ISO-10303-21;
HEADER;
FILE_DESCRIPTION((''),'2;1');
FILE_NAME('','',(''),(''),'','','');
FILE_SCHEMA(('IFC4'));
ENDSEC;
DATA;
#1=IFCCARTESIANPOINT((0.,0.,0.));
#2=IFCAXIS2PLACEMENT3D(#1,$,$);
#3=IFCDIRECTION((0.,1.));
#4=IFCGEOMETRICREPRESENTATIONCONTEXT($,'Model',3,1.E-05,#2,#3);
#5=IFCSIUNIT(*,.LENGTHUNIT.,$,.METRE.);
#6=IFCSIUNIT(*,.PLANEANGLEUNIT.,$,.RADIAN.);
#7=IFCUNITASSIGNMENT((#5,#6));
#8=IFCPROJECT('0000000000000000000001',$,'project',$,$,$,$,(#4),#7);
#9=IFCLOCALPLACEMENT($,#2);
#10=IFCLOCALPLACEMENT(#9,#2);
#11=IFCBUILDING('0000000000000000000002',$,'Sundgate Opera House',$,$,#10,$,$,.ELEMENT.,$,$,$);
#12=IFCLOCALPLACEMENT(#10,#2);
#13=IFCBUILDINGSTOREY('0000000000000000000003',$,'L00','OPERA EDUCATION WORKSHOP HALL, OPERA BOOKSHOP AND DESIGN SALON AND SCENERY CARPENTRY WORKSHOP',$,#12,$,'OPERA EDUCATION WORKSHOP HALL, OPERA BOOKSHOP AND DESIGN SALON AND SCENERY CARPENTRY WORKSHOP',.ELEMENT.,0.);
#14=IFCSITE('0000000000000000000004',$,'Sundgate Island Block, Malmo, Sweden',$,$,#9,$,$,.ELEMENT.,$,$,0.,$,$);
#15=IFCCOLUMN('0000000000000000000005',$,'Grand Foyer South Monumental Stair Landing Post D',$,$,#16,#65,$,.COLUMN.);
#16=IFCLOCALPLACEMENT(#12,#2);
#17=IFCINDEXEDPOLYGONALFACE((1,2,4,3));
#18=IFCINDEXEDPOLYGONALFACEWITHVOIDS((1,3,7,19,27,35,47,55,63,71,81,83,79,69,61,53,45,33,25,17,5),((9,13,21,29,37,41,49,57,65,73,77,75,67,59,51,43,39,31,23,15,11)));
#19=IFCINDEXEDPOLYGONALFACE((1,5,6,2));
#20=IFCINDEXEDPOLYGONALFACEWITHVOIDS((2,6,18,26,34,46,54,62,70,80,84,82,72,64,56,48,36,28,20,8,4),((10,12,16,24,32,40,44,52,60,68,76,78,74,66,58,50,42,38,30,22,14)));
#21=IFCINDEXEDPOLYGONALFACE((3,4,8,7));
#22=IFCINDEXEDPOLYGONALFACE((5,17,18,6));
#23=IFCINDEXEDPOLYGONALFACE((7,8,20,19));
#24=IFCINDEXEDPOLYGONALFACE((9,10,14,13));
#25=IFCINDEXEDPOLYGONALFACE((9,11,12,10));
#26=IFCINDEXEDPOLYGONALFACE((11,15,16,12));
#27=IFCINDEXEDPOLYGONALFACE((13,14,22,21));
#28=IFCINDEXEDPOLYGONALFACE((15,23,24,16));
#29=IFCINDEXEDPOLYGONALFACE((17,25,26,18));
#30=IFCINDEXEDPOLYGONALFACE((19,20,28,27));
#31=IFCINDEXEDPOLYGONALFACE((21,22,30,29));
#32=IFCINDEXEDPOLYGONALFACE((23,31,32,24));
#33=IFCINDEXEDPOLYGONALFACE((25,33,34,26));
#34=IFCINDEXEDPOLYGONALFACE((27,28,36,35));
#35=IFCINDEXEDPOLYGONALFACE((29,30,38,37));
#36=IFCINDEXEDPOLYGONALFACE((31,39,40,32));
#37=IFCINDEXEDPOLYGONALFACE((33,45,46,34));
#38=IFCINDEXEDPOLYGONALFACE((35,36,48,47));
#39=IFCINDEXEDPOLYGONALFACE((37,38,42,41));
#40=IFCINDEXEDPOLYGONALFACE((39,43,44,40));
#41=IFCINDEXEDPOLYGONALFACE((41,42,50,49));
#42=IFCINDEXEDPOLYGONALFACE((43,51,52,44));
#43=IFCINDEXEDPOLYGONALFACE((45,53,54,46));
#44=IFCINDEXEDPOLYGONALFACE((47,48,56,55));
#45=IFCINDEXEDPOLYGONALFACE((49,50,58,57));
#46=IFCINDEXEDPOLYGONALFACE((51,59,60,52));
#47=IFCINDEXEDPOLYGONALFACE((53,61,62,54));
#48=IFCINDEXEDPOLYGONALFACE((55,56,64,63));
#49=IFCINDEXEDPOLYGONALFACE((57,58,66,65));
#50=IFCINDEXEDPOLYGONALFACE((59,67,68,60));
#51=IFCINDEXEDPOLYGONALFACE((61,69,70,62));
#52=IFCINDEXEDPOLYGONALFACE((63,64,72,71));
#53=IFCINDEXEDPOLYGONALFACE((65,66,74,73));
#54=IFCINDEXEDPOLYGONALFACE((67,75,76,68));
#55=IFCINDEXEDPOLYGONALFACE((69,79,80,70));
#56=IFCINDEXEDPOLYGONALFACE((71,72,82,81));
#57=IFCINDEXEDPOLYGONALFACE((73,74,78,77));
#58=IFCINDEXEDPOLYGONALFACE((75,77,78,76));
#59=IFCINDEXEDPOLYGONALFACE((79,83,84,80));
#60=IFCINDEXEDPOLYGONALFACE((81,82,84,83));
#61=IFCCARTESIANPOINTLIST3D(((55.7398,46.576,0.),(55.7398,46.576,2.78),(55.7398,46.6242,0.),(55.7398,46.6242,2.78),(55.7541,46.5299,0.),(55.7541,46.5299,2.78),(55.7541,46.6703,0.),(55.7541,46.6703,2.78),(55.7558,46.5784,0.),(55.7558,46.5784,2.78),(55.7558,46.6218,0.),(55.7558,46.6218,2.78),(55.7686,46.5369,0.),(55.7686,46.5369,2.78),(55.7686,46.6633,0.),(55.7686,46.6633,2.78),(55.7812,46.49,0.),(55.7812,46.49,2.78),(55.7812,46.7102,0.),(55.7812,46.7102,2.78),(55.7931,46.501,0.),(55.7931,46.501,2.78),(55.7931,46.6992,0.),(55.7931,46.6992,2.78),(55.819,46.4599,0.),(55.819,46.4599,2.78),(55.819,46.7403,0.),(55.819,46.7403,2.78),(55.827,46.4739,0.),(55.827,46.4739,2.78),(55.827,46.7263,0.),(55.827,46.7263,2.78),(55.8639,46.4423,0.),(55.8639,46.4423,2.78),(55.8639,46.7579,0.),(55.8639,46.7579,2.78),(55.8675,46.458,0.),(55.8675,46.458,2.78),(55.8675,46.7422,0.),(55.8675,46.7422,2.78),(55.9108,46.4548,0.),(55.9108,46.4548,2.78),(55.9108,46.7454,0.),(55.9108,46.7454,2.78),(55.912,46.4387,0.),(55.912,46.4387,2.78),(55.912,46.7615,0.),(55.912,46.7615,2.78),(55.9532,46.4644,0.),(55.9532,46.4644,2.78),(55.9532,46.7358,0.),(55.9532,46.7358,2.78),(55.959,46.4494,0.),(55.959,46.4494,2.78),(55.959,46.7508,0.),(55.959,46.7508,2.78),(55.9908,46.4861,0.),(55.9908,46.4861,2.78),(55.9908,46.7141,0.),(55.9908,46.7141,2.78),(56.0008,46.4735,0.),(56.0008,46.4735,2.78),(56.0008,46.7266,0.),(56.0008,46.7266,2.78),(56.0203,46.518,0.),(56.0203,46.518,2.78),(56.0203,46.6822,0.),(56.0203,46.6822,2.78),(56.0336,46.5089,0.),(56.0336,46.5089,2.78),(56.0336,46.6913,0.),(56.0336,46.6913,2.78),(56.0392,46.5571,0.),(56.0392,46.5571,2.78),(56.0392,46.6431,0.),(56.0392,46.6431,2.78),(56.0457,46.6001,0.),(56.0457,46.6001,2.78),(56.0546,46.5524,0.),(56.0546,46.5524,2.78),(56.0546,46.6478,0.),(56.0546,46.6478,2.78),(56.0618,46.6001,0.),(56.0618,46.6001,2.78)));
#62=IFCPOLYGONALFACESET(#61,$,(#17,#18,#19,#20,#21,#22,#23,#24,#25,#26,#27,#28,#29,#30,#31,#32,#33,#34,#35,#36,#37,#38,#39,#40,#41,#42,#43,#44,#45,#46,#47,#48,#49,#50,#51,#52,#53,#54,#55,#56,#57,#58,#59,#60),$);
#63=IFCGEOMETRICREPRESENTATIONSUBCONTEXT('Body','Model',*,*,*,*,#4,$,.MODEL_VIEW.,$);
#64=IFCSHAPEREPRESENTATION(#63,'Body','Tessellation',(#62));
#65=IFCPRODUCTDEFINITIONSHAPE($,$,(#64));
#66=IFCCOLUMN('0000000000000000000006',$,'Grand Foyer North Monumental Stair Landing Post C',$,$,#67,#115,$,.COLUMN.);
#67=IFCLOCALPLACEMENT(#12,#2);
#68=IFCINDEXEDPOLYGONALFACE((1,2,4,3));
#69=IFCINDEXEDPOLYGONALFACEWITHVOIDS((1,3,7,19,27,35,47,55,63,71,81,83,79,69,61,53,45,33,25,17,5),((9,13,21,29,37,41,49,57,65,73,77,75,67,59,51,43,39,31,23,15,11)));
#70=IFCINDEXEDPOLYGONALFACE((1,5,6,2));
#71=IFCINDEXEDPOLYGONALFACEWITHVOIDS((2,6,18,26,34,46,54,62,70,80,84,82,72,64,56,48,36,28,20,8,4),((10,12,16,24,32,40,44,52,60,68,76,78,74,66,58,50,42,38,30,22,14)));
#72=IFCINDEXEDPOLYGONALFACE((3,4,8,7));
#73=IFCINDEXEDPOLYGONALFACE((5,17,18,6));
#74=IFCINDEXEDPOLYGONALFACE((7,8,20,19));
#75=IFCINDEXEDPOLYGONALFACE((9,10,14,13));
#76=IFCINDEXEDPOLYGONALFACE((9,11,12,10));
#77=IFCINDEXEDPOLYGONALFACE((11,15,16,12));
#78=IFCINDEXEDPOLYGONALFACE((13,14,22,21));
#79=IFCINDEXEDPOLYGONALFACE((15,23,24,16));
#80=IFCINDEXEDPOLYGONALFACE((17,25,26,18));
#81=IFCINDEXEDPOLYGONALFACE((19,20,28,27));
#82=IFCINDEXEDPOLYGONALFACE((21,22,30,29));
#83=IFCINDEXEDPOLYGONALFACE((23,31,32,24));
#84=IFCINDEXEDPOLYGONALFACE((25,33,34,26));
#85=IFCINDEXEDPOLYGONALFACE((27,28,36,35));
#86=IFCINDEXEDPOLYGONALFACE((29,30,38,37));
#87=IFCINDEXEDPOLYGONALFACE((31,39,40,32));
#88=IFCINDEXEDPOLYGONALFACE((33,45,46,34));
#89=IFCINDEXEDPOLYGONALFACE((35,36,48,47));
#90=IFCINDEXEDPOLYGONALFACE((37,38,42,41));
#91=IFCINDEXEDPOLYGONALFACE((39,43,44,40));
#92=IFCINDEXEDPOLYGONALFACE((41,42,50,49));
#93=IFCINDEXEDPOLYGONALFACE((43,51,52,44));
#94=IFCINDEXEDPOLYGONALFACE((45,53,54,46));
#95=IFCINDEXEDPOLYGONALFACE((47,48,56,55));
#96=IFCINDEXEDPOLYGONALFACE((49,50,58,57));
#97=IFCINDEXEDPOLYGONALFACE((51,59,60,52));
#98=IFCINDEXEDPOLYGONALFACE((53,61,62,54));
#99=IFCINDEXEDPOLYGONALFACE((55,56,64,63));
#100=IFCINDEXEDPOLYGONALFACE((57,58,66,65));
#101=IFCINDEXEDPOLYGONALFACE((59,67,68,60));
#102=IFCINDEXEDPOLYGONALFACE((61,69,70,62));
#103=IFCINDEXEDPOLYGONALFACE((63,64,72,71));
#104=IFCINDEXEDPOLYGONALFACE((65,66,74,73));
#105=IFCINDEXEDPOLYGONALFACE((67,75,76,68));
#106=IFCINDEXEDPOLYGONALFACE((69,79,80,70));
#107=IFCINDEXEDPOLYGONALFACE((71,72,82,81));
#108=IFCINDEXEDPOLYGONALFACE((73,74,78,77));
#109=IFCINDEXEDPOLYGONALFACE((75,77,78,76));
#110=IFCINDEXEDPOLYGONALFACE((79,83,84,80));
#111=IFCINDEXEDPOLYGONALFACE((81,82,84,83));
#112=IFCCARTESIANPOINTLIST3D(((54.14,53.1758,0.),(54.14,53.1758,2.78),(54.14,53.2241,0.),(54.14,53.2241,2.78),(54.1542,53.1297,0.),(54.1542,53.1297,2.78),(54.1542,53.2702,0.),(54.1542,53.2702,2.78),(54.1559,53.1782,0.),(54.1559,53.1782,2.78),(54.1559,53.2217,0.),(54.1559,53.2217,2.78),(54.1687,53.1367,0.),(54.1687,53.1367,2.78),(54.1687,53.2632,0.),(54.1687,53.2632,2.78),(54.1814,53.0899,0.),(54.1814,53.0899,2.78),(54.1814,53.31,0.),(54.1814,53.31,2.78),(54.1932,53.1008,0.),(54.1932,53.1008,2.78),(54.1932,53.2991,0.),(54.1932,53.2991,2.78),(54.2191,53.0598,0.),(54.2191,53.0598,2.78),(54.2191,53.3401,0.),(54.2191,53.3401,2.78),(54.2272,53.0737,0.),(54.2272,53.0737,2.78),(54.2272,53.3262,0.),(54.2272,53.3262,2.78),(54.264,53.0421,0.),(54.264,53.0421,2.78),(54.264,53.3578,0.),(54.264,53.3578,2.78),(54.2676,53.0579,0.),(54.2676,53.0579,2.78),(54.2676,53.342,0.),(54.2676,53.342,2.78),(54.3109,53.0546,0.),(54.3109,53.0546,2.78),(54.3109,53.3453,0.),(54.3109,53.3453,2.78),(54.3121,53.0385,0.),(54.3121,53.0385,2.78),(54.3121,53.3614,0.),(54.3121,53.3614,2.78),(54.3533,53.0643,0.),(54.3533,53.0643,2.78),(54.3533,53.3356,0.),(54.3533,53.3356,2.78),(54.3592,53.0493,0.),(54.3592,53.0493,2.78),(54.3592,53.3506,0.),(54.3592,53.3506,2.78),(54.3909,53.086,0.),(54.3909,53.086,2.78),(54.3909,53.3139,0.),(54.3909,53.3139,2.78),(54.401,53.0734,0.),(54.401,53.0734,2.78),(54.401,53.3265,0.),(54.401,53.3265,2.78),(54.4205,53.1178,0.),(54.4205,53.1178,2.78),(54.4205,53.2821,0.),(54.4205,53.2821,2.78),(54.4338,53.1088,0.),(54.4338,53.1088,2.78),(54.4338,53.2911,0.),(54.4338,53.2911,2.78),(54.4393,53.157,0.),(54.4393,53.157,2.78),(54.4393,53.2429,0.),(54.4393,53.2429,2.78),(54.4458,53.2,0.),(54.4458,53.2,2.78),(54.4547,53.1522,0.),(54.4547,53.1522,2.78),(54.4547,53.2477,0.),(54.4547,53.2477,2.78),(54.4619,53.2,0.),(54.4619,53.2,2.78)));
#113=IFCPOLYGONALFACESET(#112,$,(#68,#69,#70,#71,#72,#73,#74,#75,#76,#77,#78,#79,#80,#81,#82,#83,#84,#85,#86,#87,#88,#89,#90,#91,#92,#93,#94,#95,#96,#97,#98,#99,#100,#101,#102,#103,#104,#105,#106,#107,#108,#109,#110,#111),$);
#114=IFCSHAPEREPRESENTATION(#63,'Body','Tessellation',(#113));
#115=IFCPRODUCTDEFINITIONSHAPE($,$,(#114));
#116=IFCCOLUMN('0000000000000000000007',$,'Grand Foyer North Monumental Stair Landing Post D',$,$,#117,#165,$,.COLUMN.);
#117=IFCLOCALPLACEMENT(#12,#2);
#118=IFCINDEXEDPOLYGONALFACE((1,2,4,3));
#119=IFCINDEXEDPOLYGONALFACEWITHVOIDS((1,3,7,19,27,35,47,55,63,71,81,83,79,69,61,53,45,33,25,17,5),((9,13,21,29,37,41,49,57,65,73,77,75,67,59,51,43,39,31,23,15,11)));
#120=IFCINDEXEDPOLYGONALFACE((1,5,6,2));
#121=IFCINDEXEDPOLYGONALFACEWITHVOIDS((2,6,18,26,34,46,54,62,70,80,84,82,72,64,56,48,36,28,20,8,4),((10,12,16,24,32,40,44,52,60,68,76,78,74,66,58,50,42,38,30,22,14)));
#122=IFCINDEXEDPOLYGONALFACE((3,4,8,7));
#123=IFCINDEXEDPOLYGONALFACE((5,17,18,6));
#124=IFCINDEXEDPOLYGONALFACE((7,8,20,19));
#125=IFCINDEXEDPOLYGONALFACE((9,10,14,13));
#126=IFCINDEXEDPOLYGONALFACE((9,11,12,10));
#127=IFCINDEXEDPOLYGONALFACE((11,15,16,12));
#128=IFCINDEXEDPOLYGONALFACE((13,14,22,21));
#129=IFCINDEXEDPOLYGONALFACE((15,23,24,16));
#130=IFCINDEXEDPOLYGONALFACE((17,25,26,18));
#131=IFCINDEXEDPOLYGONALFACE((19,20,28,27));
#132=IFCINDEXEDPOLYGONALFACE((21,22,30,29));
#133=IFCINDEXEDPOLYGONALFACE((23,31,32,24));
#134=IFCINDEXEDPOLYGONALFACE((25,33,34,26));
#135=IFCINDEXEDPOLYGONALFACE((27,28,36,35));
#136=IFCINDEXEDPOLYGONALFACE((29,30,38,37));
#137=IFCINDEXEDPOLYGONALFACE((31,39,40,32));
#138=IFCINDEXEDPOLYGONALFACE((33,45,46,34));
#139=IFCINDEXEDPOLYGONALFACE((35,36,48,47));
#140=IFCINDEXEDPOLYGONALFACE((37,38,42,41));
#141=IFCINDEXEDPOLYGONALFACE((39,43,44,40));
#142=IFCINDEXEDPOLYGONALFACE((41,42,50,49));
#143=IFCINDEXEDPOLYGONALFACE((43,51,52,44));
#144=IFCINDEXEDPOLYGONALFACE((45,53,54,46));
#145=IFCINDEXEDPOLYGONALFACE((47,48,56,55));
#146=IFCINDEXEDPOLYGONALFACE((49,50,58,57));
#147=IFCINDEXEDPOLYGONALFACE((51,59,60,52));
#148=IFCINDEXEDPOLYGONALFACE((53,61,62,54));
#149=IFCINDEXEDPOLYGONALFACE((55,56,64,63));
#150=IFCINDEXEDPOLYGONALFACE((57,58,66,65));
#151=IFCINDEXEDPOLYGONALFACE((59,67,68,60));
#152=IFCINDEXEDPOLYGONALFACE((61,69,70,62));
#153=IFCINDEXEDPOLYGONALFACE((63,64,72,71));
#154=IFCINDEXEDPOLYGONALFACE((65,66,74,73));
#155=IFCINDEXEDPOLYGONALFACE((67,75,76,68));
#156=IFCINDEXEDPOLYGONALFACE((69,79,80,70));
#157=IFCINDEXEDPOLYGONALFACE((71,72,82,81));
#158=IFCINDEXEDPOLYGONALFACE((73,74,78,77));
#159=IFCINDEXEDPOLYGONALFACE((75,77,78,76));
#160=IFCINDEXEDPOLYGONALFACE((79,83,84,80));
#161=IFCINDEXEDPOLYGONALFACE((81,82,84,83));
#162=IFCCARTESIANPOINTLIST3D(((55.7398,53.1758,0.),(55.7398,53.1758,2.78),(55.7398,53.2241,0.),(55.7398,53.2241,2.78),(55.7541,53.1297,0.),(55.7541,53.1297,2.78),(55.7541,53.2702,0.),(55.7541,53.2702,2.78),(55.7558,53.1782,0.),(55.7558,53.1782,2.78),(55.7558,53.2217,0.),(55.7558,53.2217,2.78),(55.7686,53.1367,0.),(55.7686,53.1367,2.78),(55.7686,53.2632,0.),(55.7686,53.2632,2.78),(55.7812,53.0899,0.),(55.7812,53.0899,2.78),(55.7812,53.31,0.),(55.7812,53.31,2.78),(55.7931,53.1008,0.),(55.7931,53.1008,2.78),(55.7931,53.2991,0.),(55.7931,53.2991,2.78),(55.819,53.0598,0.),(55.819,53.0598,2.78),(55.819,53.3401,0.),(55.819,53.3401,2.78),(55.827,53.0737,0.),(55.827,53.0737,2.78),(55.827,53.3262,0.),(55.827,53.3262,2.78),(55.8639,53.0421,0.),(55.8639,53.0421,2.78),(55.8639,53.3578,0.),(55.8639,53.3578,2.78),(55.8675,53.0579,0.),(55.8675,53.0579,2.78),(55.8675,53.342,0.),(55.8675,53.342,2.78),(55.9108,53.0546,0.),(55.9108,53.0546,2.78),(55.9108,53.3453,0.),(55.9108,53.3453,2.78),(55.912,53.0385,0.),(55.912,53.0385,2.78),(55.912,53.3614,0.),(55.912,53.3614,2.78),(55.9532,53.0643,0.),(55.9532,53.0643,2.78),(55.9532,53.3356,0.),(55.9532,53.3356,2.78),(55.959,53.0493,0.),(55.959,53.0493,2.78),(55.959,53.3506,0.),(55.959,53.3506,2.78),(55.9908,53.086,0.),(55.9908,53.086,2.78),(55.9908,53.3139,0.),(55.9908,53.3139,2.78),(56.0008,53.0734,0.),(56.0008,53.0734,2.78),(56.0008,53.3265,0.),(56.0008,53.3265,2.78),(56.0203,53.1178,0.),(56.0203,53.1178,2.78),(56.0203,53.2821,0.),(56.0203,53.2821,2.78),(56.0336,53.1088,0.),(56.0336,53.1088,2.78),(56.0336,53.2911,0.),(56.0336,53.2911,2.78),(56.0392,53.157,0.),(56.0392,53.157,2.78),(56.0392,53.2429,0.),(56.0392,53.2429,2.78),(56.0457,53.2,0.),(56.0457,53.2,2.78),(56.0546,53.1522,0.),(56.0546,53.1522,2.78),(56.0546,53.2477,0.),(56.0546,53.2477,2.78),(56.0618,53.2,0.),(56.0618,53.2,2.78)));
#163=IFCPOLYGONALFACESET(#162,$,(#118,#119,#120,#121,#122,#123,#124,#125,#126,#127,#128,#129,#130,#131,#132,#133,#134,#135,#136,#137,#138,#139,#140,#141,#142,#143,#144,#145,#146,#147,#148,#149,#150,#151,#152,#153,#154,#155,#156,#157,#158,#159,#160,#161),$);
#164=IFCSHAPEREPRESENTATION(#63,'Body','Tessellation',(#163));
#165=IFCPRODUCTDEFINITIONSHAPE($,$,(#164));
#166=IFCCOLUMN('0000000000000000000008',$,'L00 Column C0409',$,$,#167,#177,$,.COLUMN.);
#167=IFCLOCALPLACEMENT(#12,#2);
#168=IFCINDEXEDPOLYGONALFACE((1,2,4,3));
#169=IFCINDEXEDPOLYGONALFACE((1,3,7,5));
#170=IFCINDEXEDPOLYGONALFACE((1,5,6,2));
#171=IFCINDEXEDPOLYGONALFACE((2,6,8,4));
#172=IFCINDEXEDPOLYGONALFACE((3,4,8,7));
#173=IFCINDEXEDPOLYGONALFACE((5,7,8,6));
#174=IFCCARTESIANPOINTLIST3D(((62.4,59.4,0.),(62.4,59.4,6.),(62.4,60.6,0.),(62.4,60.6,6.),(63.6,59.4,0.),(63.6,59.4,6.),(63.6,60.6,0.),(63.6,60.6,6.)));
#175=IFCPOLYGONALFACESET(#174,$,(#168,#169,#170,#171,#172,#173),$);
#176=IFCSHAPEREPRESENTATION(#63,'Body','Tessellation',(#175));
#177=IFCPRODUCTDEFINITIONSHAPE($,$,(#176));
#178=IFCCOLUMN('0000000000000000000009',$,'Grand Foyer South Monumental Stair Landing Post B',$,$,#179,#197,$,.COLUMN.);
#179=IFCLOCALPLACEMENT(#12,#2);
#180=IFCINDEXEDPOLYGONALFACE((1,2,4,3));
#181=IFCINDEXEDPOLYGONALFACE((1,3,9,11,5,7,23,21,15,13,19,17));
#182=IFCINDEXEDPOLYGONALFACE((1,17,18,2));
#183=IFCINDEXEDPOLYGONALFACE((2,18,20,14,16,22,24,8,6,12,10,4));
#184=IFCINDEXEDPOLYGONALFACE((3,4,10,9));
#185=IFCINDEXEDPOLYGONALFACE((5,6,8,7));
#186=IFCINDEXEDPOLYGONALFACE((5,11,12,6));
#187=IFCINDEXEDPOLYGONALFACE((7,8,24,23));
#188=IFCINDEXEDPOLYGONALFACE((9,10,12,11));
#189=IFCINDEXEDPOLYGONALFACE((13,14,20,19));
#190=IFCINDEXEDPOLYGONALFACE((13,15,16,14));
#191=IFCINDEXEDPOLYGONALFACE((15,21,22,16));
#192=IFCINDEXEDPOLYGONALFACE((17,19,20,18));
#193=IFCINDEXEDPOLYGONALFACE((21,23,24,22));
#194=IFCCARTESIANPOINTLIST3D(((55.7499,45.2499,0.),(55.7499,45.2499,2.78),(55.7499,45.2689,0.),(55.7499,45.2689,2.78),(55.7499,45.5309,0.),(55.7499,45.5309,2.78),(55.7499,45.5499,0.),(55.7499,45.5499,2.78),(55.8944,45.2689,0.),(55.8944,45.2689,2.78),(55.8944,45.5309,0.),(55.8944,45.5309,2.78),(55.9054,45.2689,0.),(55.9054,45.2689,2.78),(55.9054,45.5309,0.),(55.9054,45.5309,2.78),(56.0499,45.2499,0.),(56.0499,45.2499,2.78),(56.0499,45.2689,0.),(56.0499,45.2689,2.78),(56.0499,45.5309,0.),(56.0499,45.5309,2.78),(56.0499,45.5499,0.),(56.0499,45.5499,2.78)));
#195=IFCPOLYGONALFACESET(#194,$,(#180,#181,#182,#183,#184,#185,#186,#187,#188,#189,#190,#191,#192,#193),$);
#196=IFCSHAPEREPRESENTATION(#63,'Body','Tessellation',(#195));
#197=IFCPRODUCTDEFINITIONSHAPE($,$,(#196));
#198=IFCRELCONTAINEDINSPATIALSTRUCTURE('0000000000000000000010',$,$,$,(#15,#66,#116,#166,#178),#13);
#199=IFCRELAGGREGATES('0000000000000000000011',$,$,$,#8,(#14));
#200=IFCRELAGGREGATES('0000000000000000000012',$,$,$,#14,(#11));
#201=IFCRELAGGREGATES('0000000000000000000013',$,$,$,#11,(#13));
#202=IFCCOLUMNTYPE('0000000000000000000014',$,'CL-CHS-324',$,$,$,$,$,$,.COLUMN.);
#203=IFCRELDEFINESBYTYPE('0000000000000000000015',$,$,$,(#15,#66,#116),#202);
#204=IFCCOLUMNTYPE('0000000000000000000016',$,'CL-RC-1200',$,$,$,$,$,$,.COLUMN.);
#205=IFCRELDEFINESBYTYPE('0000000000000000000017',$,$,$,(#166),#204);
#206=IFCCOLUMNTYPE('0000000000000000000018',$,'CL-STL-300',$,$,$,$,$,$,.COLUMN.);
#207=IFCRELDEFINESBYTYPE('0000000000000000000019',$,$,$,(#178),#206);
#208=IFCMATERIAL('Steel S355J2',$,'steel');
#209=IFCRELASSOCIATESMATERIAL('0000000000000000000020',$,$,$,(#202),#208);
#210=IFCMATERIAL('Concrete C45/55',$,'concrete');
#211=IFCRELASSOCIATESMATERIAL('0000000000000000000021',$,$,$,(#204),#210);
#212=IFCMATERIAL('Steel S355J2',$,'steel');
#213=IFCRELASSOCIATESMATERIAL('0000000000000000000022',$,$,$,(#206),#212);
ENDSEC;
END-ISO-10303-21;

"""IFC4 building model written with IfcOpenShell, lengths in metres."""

from ifc_helpers import new_model, si_unit, direction, frame, origin, origin_2d, place, context, subcontext, project, spatial, rectangle, hollow_circle, i_section, extrude, material, material_profile, profile_set, type_object, element, save


model = new_model("IFC4")

# Units and contexts
model_context = context("Model", 3, precision=1e-05, world=origin(), true_north=direction((0.0, 1.0)))
body_context = subcontext(model_context, "Body", "Model", "MODEL_VIEW")
ifc_project = project(units=[si_unit("LENGTHUNIT", "METRE"), si_unit("PLANEANGLEUNIT", "RADIAN")], contexts=[model_context])

# Site, building, storey
site_placement = place(None, origin())
site = spatial("IfcSite", under=ifc_project, at=site_placement, Name="Sundgate Island Block, Malmo, Sweden", CompositionType="ELEMENT", RefElevation=0.0)
building_placement = place(site_placement, origin())
building = spatial("IfcBuilding", under=site, at=building_placement, Name="Sundgate Opera House", CompositionType="ELEMENT")
storey_placement = place(building_placement, origin())
storey = spatial("IfcBuildingStorey", under=building, at=storey_placement, Name="L00", Description="OPERA EDUCATION WORKSHOP HALL, OPERA BOOKSHOP AND DESIGN SALON AND SCENERY CARPENTRY WORKSHOP", LongName="OPERA EDUCATION WORKSHOP HALL, OPERA BOOKSHOP AND DESIGN SALON AND SCENERY CARPENTRY WORKSHOP", CompositionType="ELEMENT", Elevation=0.0)

# Columns
ifc_material_1 = material(Name="Steel S355J2", Category="steel")
ifc_material_profile_1 = material_profile(ifc_material_1, hollow_circle(Radius=0.1619, WallThickness=0.0161, at=origin_2d()), Name="CHS 323.9x16.0")
ifc_profile_set_1 = profile_set([ifc_material_profile_1], Name="Steel S355J2")
column_type_1 = type_object("IfcColumnType", Name="CL-CHS-324", PredefinedType="COLUMN", material=ifc_profile_set_1)
for number, where, z_axis, x_axis, name in (
    (1, (55.8999, 46.6001, 0.0), (0.0, 0.0, 1.0), (1.0, 0.0, 0.0), "Grand Foyer South Monumental Stair Landing Post D"),
    (2, (54.3, 53.2, 0.0), (0.0, 0.0, 1.0), (1.0, 0.0, 0.0), "Grand Foyer North Monumental Stair Landing Post C"),
    (3, (55.8999, 53.2, 0.0), (0.0, 0.0, 1.0), (1.0, 0.0, 0.0), "Grand Foyer North Monumental Stair Landing Post D"),
):
    element("IfcColumn", number, at=place(storey_placement, frame(where, z_axis=z_axis, x_axis=x_axis)), inside=storey, type_object=column_type_1, Name=name, PredefinedType="COLUMN", context=body_context, shape_type="SweptSolid", body=[
        extrude(hollow_circle(Radius=0.1619, WallThickness=0.0161, at=origin_2d()), origin(), (0.0, 0.0, 1.0), 2.78),
    ])
ifc_material_2 = material(Name="Concrete C45/55", Category="concrete")
ifc_material_profile_2 = material_profile(ifc_material_2, rectangle(XDim=1.2, YDim=1.2, at=origin_2d()), Name="RC 1200x1200")
ifc_profile_set_2 = profile_set([ifc_material_profile_2], Name="Concrete C45/55")
column_type_2 = type_object("IfcColumnType", Name="CL-RC-1200", PredefinedType="COLUMN", material=ifc_profile_set_2)
column_placement = place(storey_placement, frame((63.0, 60.0, 0.0), z_axis=(0.0, 0.0, 1.0), x_axis=(1.0, 0.0, 0.0)))
element("IfcColumn", 4, at=column_placement, inside=storey, type_object=column_type_2, Name="L00 Column C0409", PredefinedType="COLUMN", context=body_context, shape_type="SweptSolid", body=[
    extrude(rectangle(XDim=1.2, YDim=1.2, at=origin_2d()), origin(), (0.0, 0.0, 1.0), 6.0),
])
ifc_material_3 = material(Name="Steel S355J2", Category="steel")
ifc_material_profile_3 = material_profile(ifc_material_3, i_section(OverallWidth=0.3, OverallDepth=0.3, WebThickness=0.011, FlangeThickness=0.019, at=origin_2d()), Name="HEB 300")
ifc_profile_set_3 = profile_set([ifc_material_profile_3], Name="Steel S355J2")
column_type_3 = type_object("IfcColumnType", Name="CL-STL-300", PredefinedType="COLUMN", material=ifc_profile_set_3)
for number, where, z_axis, x_axis, name in (
    (5, (55.8999, 45.3999, 0.0), (0.0, 0.0, 1.0), (1.0, 0.0, 0.0), "Grand Foyer South Monumental Stair Landing Post B"),
):
    element("IfcColumn", number, at=place(storey_placement, frame(where, z_axis=z_axis, x_axis=x_axis)), inside=storey, type_object=column_type_3, Name=name, PredefinedType="COLUMN", context=body_context, shape_type="SweptSolid", body=[
        extrude(i_section(OverallWidth=0.3, OverallDepth=0.3, WebThickness=0.011, FlangeThickness=0.019, at=origin_2d()), origin(), (0.0, 0.0, 1.0), 2.78),
    ])

save(model, "model.ifc")
